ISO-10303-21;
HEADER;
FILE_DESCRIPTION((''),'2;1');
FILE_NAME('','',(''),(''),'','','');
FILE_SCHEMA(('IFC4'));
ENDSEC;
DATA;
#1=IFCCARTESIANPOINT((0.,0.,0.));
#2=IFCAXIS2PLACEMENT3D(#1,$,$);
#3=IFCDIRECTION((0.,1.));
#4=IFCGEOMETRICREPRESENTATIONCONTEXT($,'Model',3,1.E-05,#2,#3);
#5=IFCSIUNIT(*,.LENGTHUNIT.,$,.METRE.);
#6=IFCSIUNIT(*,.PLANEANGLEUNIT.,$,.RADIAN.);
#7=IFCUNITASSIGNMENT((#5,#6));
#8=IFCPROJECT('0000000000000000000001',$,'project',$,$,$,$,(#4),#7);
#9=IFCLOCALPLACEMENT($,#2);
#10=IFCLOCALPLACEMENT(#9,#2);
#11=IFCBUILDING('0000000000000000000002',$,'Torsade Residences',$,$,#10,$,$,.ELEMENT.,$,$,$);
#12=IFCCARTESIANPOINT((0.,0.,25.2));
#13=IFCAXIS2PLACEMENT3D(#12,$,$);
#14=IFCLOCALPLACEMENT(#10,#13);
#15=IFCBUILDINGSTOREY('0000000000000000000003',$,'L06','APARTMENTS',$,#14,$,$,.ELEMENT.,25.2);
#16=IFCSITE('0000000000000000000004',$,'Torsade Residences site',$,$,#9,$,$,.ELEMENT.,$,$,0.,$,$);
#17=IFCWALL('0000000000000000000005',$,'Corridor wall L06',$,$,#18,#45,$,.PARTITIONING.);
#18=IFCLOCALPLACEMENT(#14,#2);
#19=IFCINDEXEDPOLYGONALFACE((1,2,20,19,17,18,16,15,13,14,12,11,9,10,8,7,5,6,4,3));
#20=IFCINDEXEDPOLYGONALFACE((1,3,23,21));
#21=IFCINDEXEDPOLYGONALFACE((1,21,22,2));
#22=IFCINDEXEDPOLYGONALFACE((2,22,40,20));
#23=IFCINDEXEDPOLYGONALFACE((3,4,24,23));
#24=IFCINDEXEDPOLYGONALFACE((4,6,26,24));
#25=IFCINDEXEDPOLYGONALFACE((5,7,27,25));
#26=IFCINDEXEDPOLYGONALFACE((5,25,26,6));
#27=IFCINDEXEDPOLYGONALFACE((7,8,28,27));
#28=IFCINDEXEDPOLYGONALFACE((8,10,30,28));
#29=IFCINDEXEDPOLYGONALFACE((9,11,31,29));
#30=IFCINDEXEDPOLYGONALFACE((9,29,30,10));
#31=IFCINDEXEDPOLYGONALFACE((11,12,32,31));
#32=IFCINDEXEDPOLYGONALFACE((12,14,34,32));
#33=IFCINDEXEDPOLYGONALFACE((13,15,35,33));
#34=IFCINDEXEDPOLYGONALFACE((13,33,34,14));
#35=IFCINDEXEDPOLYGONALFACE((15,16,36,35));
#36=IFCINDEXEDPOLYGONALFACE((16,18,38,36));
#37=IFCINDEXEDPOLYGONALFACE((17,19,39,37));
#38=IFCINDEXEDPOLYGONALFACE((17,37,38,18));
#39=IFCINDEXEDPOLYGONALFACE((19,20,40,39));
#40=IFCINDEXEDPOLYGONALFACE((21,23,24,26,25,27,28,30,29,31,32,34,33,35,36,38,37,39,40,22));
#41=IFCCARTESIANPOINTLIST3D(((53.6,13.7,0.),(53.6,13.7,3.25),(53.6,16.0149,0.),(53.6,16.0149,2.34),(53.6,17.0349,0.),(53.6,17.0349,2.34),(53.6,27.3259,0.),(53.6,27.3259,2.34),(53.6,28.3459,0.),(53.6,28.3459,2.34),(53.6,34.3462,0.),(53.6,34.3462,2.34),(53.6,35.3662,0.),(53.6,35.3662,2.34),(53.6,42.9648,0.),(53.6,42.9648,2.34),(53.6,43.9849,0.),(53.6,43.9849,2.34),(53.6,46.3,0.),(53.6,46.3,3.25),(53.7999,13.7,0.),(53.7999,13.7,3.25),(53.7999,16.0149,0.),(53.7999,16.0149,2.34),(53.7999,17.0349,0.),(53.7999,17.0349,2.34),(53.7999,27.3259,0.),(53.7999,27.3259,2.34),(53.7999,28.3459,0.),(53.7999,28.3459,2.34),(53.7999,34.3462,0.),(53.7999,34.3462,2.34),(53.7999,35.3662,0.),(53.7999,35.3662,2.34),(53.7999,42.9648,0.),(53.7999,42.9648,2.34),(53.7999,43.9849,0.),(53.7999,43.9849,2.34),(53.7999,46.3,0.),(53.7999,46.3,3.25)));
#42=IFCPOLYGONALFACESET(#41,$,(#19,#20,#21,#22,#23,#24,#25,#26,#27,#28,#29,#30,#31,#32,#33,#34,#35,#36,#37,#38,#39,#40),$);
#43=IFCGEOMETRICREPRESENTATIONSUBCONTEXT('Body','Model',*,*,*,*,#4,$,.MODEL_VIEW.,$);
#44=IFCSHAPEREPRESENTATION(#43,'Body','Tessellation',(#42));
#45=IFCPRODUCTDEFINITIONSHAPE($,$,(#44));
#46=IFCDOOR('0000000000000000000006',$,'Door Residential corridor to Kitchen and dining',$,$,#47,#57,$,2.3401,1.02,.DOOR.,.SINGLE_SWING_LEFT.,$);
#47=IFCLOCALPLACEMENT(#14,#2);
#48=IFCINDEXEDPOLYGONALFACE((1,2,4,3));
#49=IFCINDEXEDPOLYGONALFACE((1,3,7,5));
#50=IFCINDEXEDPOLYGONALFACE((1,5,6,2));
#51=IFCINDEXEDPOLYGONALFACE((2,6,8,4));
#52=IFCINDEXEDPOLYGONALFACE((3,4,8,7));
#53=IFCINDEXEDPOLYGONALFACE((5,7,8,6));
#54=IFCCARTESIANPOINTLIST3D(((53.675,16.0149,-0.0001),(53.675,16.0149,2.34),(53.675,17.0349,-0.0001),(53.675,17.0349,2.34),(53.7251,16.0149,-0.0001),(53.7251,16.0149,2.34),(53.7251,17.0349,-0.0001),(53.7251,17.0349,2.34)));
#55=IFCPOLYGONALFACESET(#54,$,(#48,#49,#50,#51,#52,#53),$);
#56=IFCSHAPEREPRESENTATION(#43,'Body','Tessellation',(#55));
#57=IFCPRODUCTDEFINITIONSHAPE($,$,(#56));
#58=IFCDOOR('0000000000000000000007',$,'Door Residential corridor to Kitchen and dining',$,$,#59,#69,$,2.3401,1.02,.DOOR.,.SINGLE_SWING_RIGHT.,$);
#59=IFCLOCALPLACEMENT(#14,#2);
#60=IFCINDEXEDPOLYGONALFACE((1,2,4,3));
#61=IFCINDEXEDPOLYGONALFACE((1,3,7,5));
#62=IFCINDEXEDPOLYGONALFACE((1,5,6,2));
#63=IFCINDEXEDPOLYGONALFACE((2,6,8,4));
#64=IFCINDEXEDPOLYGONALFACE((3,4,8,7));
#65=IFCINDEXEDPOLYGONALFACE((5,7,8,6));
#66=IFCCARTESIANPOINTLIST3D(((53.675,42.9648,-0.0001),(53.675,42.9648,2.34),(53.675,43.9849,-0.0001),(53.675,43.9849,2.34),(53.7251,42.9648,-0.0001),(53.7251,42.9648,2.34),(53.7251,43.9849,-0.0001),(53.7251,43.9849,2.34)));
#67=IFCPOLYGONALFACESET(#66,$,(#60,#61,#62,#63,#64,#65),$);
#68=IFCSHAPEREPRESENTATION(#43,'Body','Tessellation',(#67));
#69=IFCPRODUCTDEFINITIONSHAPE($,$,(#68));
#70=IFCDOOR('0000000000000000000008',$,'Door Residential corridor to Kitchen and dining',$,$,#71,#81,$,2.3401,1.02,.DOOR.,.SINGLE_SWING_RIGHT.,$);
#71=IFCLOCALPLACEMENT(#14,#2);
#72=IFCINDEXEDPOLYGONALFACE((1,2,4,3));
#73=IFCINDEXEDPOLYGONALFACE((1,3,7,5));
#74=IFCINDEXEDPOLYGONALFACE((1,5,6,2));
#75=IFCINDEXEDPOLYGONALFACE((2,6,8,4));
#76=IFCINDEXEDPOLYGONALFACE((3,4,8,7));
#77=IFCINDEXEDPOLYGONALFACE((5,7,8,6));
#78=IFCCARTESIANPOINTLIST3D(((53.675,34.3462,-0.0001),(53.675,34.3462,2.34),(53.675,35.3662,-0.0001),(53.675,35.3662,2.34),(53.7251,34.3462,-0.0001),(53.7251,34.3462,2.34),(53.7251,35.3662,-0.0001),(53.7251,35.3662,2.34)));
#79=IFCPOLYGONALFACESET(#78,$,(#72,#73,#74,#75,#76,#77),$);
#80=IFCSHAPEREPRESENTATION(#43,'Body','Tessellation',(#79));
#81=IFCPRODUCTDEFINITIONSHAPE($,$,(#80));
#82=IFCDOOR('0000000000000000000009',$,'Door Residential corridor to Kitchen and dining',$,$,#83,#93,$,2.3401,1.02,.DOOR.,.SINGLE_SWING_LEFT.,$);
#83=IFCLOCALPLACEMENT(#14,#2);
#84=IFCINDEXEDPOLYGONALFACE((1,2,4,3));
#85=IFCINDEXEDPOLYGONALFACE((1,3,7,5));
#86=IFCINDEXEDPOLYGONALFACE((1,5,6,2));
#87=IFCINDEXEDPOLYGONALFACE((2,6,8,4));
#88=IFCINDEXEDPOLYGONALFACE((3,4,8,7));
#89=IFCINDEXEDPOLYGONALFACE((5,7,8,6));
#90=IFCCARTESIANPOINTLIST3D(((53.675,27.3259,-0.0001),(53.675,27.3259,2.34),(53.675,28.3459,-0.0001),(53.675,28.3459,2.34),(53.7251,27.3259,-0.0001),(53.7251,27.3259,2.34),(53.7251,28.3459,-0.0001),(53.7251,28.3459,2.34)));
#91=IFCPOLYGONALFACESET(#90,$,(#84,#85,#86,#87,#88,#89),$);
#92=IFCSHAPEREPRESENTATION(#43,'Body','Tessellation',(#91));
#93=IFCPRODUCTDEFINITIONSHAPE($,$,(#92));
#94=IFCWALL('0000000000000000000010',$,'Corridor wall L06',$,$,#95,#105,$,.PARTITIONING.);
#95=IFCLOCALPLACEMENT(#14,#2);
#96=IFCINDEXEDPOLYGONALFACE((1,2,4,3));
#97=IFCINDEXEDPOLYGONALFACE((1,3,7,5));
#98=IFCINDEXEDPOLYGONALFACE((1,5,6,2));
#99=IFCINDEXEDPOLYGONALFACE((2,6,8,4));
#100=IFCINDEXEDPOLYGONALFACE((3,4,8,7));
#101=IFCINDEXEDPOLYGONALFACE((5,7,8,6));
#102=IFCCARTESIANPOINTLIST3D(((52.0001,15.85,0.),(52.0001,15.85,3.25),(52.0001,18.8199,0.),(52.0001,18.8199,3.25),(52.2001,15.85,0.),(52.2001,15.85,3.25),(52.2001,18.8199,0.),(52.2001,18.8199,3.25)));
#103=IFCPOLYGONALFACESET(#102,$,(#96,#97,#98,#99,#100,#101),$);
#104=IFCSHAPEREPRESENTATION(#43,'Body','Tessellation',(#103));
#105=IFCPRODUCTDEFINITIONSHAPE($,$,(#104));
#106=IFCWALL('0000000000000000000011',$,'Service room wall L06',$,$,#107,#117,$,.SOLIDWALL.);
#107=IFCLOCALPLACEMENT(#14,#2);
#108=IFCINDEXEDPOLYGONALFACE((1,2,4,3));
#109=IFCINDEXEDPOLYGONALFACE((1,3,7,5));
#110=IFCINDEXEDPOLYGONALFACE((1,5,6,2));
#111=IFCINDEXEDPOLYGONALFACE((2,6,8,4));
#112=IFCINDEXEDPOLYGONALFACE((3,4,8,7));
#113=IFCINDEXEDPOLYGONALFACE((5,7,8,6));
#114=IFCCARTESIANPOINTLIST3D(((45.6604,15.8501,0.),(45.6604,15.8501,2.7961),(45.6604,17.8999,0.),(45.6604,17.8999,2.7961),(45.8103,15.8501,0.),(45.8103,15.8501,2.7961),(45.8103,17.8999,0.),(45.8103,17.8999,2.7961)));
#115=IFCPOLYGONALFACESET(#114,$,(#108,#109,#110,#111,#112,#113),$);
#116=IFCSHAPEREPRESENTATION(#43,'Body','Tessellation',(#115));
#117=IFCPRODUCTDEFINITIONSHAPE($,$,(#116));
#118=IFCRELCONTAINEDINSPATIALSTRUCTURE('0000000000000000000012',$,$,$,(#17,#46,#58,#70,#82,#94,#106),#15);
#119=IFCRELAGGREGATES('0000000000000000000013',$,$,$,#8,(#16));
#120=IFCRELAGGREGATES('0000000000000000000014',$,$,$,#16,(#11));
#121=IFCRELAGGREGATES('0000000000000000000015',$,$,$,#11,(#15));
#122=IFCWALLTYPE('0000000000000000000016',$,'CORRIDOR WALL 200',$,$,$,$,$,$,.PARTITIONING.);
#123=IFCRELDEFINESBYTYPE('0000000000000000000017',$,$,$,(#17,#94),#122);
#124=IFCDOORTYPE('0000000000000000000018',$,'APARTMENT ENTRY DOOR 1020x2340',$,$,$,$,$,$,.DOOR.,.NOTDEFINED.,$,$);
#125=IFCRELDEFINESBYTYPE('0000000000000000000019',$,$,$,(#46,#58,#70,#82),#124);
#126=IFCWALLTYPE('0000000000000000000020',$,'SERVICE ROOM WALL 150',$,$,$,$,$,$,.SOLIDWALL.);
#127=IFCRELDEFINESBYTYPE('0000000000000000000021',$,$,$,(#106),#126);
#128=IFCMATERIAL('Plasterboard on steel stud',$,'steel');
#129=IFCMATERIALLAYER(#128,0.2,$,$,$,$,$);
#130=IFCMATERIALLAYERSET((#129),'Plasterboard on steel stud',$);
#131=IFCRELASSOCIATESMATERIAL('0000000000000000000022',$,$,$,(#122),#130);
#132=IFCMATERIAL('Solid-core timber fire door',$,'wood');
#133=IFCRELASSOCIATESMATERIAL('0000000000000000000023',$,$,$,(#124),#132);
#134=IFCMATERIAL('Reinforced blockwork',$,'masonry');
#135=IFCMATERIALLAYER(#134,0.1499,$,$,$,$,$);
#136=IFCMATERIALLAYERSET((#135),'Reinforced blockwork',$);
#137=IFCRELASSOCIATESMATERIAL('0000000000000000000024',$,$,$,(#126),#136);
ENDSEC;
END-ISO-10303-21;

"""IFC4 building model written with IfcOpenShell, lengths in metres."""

from ifc_helpers import new_model, si_unit, direction, frame, frame_2d, origin, place, context, subcontext, project, spatial, rectangle, extrude, material, layer, layer_set, type_object, element, fill, save


model = new_model("IFC4")

# Units and contexts
model_context = context("Model", 3, precision=1e-05, world=origin(), true_north=direction((0.0, 1.0)))
body_context = subcontext(model_context, "Body", "Model", "MODEL_VIEW")
ifc_project = project(units=[si_unit("LENGTHUNIT", "METRE"), si_unit("PLANEANGLEUNIT", "RADIAN")], contexts=[model_context])

# Site, building, storey
site_placement = place(None, origin())
site = spatial("IfcSite", under=ifc_project, at=site_placement, Name="Torsade Residences site", CompositionType="ELEMENT", RefElevation=0.0)
building_placement = place(site_placement, origin())
building = spatial("IfcBuilding", under=site, at=building_placement, Name="Torsade Residences", CompositionType="ELEMENT")
storey_placement = place(building_placement, frame((0.0, 0.0, 25.2)))
storey = spatial("IfcBuildingStorey", under=building, at=storey_placement, Name="L06", Description="APARTMENTS", CompositionType="ELEMENT", Elevation=25.2)

# Shared definitions
ifc_material_1 = material(Name="Plasterboard on steel stud", Category="steel")
ifc_layer_1 = layer(ifc_material_1, 0.2)
ifc_layer_set_1 = layer_set([ifc_layer_1], Name="Plasterboard on steel stud")
wall_type_1 = type_object("IfcWallType", Name="CORRIDOR WALL 200", PredefinedType="PARTITIONING", material=ifc_layer_set_1)
ifc_material_2 = material(Name="Solid-core timber fire door", Category="wood")
door_type = type_object("IfcDoorType", Name="APARTMENT ENTRY DOOR 1020x2340", OperationType="NOTDEFINED", PredefinedType="DOOR", material=ifc_material_2)

# Wall, openings, doors
wall_1_placement = place(storey_placement, frame((53.7, 13.7, 0.0), z_axis=(0.0, 0.0, 1.0), x_axis=(0.0, 1.0, 0.0)))
wall_1 = element("IfcWall", 1, at=wall_1_placement, inside=storey, type_object=wall_type_1, Name="Corridor wall L06", PredefinedType="PARTITIONING", context=body_context, shape_type="SweptSolid", body=[
    extrude(rectangle(XDim=32.6001, YDim=0.2, at=frame_2d((16.3, 0.0))), origin(), (0.0, 0.0, 1.0), 3.25),
])
opening_1_placement = place(wall_1_placement, frame((2.3149, 0.0, 0.0)))
opening_1 = element("IfcOpeningElement", 2, at=opening_1_placement, cuts=wall_1, PredefinedType="OPENING", context=body_context, shape_type="SweptSolid", body=[
    extrude(rectangle(XDim=1.02, YDim=2.3401, at=frame_2d((0.51, 1.1699))), frame((0.0, 0.1099, 0.0), z_axis=(0.0, -1.0, 0.0), x_axis=(1.0, 0.0, 0.0)), (0.0, 0.0, 1.0), 0.22),
])
opening_2_placement = place(wall_1_placement, frame((29.2649, 0.0, 0.0)))
opening_2 = element("IfcOpeningElement", 3, at=opening_2_placement, cuts=wall_1, PredefinedType="OPENING", context=body_context, shape_type="SweptSolid", body=[
    extrude(rectangle(XDim=1.02, YDim=2.3401, at=frame_2d((0.51, 1.1699))), frame((0.0, 0.1099, 0.0), z_axis=(0.0, -1.0, 0.0), x_axis=(1.0, 0.0, 0.0)), (0.0, 0.0, 1.0), 0.22),
])
opening_3_placement = place(wall_1_placement, frame((20.6462, 0.0, 0.0)))
opening_3 = element("IfcOpeningElement", 4, at=opening_3_placement, cuts=wall_1, PredefinedType="OPENING", context=body_context, shape_type="SweptSolid", body=[
    extrude(rectangle(XDim=1.02, YDim=2.3401, at=frame_2d((0.51, 1.1699))), frame((0.0, 0.1099, 0.0), z_axis=(0.0, -1.0, 0.0), x_axis=(1.0, 0.0, 0.0)), (0.0, 0.0, 1.0), 0.22),
])
opening_4_placement = place(wall_1_placement, frame((13.626, 0.0, 0.0)))
opening_4 = element("IfcOpeningElement", 5, at=opening_4_placement, cuts=wall_1, PredefinedType="OPENING", context=body_context, shape_type="SweptSolid", body=[
    extrude(rectangle(XDim=1.02, YDim=2.3401, at=frame_2d((0.51, 1.1699))), frame((0.0, 0.1099, 0.0), z_axis=(0.0, -1.0, 0.0), x_axis=(1.0, 0.0, 0.0)), (0.0, 0.0, 1.0), 0.22),
])
door_1_placement = place(opening_1_placement, origin())
door_1 = element("IfcDoor", 6, at=door_1_placement, inside=storey, type_object=door_type, Name="Door Residential corridor to Kitchen and dining", OperationType="SINGLE_SWING_LEFT", OverallHeight=2.3401, OverallWidth=1.02, PredefinedType="DOOR", context=body_context, shape_type="SweptSolid", body=[
    extrude(rectangle(XDim=1.02, YDim=2.3401, at=frame_2d((0.51, 1.1699))), frame((0.0, 0.0249, 0.0), z_axis=(0.0, -1.0, 0.0), x_axis=(1.0, 0.0, 0.0)), (0.0, 0.0, 1.0), 0.05),
])
fill(opening_1, door_1)
door_2_placement = place(opening_2_placement, origin())
door_2 = element("IfcDoor", 7, at=door_2_placement, inside=storey, type_object=door_type, Name="Door Residential corridor to Kitchen and dining", OperationType="SINGLE_SWING_RIGHT", OverallHeight=2.3401, OverallWidth=1.02, PredefinedType="DOOR", context=body_context, shape_type="SweptSolid", body=[
    extrude(rectangle(XDim=1.02, YDim=2.3401, at=frame_2d((0.51, 1.1699))), frame((0.0, 0.0249, 0.0), z_axis=(0.0, -1.0, 0.0), x_axis=(1.0, 0.0, 0.0)), (0.0, 0.0, 1.0), 0.05),
])
fill(opening_2, door_2)
door_3_placement = place(opening_3_placement, origin())
door_3 = element("IfcDoor", 8, at=door_3_placement, inside=storey, type_object=door_type, Name="Door Residential corridor to Kitchen and dining", OperationType="SINGLE_SWING_RIGHT", OverallHeight=2.3401, OverallWidth=1.02, PredefinedType="DOOR", context=body_context, shape_type="SweptSolid", body=[
    extrude(rectangle(XDim=1.02, YDim=2.3401, at=frame_2d((0.51, 1.1699))), frame((0.0, 0.0249, 0.0), z_axis=(0.0, -1.0, 0.0), x_axis=(1.0, 0.0, 0.0)), (0.0, 0.0, 1.0), 0.05),
])
fill(opening_3, door_3)
door_4_placement = place(opening_4_placement, origin())
door_4 = element("IfcDoor", 9, at=door_4_placement, inside=storey, type_object=door_type, Name="Door Residential corridor to Kitchen and dining", OperationType="SINGLE_SWING_LEFT", OverallHeight=2.3401, OverallWidth=1.02, PredefinedType="DOOR", context=body_context, shape_type="SweptSolid", body=[
    extrude(rectangle(XDim=1.02, YDim=2.3401, at=frame_2d((0.51, 1.1699))), frame((0.0, 0.0249, 0.0), z_axis=(0.0, -1.0, 0.0), x_axis=(1.0, 0.0, 0.0)), (0.0, 0.0, 1.0), 0.05),
])
fill(opening_4, door_4)

# Walls
wall_2_placement = place(storey_placement, frame((52.1001, 15.8501, 0.0), z_axis=(0.0, 0.0, 1.0), x_axis=(0.0, 1.0, 0.0)))
element("IfcWall", 10, at=wall_2_placement, inside=storey, type_object=wall_type_1, Name="Corridor wall L06", PredefinedType="PARTITIONING", context=body_context, shape_type="SweptSolid", body=[
    extrude(rectangle(XDim=2.97, YDim=0.2, at=frame_2d((1.4849, 0.0))), origin(), (0.0, 0.0, 1.0), 3.25),
])
ifc_material_3 = material(Name="Reinforced blockwork", Category="masonry")
ifc_layer_2 = layer(ifc_material_3, 0.1499)
ifc_layer_set_2 = layer_set([ifc_layer_2], Name="Reinforced blockwork")
wall_type_2 = type_object("IfcWallType", Name="SERVICE ROOM WALL 150", PredefinedType="SOLIDWALL", material=ifc_layer_set_2)
wall_3_placement = place(storey_placement, frame((45.7354, 15.8501, 0.0), z_axis=(0.0, 0.0, 1.0), x_axis=(0.0, 1.0, 0.0)))
element("IfcWall", 11, at=wall_3_placement, inside=storey, type_object=wall_type_2, Name="Service room wall L06", PredefinedType="SOLIDWALL", context=body_context, shape_type="SweptSolid", body=[
    extrude(rectangle(XDim=2.0498, YDim=0.1499, at=frame_2d((1.0249, 0.0))), origin(), (0.0, 0.0, 1.0), 2.7961),
])

save(model, "model.ifc")
